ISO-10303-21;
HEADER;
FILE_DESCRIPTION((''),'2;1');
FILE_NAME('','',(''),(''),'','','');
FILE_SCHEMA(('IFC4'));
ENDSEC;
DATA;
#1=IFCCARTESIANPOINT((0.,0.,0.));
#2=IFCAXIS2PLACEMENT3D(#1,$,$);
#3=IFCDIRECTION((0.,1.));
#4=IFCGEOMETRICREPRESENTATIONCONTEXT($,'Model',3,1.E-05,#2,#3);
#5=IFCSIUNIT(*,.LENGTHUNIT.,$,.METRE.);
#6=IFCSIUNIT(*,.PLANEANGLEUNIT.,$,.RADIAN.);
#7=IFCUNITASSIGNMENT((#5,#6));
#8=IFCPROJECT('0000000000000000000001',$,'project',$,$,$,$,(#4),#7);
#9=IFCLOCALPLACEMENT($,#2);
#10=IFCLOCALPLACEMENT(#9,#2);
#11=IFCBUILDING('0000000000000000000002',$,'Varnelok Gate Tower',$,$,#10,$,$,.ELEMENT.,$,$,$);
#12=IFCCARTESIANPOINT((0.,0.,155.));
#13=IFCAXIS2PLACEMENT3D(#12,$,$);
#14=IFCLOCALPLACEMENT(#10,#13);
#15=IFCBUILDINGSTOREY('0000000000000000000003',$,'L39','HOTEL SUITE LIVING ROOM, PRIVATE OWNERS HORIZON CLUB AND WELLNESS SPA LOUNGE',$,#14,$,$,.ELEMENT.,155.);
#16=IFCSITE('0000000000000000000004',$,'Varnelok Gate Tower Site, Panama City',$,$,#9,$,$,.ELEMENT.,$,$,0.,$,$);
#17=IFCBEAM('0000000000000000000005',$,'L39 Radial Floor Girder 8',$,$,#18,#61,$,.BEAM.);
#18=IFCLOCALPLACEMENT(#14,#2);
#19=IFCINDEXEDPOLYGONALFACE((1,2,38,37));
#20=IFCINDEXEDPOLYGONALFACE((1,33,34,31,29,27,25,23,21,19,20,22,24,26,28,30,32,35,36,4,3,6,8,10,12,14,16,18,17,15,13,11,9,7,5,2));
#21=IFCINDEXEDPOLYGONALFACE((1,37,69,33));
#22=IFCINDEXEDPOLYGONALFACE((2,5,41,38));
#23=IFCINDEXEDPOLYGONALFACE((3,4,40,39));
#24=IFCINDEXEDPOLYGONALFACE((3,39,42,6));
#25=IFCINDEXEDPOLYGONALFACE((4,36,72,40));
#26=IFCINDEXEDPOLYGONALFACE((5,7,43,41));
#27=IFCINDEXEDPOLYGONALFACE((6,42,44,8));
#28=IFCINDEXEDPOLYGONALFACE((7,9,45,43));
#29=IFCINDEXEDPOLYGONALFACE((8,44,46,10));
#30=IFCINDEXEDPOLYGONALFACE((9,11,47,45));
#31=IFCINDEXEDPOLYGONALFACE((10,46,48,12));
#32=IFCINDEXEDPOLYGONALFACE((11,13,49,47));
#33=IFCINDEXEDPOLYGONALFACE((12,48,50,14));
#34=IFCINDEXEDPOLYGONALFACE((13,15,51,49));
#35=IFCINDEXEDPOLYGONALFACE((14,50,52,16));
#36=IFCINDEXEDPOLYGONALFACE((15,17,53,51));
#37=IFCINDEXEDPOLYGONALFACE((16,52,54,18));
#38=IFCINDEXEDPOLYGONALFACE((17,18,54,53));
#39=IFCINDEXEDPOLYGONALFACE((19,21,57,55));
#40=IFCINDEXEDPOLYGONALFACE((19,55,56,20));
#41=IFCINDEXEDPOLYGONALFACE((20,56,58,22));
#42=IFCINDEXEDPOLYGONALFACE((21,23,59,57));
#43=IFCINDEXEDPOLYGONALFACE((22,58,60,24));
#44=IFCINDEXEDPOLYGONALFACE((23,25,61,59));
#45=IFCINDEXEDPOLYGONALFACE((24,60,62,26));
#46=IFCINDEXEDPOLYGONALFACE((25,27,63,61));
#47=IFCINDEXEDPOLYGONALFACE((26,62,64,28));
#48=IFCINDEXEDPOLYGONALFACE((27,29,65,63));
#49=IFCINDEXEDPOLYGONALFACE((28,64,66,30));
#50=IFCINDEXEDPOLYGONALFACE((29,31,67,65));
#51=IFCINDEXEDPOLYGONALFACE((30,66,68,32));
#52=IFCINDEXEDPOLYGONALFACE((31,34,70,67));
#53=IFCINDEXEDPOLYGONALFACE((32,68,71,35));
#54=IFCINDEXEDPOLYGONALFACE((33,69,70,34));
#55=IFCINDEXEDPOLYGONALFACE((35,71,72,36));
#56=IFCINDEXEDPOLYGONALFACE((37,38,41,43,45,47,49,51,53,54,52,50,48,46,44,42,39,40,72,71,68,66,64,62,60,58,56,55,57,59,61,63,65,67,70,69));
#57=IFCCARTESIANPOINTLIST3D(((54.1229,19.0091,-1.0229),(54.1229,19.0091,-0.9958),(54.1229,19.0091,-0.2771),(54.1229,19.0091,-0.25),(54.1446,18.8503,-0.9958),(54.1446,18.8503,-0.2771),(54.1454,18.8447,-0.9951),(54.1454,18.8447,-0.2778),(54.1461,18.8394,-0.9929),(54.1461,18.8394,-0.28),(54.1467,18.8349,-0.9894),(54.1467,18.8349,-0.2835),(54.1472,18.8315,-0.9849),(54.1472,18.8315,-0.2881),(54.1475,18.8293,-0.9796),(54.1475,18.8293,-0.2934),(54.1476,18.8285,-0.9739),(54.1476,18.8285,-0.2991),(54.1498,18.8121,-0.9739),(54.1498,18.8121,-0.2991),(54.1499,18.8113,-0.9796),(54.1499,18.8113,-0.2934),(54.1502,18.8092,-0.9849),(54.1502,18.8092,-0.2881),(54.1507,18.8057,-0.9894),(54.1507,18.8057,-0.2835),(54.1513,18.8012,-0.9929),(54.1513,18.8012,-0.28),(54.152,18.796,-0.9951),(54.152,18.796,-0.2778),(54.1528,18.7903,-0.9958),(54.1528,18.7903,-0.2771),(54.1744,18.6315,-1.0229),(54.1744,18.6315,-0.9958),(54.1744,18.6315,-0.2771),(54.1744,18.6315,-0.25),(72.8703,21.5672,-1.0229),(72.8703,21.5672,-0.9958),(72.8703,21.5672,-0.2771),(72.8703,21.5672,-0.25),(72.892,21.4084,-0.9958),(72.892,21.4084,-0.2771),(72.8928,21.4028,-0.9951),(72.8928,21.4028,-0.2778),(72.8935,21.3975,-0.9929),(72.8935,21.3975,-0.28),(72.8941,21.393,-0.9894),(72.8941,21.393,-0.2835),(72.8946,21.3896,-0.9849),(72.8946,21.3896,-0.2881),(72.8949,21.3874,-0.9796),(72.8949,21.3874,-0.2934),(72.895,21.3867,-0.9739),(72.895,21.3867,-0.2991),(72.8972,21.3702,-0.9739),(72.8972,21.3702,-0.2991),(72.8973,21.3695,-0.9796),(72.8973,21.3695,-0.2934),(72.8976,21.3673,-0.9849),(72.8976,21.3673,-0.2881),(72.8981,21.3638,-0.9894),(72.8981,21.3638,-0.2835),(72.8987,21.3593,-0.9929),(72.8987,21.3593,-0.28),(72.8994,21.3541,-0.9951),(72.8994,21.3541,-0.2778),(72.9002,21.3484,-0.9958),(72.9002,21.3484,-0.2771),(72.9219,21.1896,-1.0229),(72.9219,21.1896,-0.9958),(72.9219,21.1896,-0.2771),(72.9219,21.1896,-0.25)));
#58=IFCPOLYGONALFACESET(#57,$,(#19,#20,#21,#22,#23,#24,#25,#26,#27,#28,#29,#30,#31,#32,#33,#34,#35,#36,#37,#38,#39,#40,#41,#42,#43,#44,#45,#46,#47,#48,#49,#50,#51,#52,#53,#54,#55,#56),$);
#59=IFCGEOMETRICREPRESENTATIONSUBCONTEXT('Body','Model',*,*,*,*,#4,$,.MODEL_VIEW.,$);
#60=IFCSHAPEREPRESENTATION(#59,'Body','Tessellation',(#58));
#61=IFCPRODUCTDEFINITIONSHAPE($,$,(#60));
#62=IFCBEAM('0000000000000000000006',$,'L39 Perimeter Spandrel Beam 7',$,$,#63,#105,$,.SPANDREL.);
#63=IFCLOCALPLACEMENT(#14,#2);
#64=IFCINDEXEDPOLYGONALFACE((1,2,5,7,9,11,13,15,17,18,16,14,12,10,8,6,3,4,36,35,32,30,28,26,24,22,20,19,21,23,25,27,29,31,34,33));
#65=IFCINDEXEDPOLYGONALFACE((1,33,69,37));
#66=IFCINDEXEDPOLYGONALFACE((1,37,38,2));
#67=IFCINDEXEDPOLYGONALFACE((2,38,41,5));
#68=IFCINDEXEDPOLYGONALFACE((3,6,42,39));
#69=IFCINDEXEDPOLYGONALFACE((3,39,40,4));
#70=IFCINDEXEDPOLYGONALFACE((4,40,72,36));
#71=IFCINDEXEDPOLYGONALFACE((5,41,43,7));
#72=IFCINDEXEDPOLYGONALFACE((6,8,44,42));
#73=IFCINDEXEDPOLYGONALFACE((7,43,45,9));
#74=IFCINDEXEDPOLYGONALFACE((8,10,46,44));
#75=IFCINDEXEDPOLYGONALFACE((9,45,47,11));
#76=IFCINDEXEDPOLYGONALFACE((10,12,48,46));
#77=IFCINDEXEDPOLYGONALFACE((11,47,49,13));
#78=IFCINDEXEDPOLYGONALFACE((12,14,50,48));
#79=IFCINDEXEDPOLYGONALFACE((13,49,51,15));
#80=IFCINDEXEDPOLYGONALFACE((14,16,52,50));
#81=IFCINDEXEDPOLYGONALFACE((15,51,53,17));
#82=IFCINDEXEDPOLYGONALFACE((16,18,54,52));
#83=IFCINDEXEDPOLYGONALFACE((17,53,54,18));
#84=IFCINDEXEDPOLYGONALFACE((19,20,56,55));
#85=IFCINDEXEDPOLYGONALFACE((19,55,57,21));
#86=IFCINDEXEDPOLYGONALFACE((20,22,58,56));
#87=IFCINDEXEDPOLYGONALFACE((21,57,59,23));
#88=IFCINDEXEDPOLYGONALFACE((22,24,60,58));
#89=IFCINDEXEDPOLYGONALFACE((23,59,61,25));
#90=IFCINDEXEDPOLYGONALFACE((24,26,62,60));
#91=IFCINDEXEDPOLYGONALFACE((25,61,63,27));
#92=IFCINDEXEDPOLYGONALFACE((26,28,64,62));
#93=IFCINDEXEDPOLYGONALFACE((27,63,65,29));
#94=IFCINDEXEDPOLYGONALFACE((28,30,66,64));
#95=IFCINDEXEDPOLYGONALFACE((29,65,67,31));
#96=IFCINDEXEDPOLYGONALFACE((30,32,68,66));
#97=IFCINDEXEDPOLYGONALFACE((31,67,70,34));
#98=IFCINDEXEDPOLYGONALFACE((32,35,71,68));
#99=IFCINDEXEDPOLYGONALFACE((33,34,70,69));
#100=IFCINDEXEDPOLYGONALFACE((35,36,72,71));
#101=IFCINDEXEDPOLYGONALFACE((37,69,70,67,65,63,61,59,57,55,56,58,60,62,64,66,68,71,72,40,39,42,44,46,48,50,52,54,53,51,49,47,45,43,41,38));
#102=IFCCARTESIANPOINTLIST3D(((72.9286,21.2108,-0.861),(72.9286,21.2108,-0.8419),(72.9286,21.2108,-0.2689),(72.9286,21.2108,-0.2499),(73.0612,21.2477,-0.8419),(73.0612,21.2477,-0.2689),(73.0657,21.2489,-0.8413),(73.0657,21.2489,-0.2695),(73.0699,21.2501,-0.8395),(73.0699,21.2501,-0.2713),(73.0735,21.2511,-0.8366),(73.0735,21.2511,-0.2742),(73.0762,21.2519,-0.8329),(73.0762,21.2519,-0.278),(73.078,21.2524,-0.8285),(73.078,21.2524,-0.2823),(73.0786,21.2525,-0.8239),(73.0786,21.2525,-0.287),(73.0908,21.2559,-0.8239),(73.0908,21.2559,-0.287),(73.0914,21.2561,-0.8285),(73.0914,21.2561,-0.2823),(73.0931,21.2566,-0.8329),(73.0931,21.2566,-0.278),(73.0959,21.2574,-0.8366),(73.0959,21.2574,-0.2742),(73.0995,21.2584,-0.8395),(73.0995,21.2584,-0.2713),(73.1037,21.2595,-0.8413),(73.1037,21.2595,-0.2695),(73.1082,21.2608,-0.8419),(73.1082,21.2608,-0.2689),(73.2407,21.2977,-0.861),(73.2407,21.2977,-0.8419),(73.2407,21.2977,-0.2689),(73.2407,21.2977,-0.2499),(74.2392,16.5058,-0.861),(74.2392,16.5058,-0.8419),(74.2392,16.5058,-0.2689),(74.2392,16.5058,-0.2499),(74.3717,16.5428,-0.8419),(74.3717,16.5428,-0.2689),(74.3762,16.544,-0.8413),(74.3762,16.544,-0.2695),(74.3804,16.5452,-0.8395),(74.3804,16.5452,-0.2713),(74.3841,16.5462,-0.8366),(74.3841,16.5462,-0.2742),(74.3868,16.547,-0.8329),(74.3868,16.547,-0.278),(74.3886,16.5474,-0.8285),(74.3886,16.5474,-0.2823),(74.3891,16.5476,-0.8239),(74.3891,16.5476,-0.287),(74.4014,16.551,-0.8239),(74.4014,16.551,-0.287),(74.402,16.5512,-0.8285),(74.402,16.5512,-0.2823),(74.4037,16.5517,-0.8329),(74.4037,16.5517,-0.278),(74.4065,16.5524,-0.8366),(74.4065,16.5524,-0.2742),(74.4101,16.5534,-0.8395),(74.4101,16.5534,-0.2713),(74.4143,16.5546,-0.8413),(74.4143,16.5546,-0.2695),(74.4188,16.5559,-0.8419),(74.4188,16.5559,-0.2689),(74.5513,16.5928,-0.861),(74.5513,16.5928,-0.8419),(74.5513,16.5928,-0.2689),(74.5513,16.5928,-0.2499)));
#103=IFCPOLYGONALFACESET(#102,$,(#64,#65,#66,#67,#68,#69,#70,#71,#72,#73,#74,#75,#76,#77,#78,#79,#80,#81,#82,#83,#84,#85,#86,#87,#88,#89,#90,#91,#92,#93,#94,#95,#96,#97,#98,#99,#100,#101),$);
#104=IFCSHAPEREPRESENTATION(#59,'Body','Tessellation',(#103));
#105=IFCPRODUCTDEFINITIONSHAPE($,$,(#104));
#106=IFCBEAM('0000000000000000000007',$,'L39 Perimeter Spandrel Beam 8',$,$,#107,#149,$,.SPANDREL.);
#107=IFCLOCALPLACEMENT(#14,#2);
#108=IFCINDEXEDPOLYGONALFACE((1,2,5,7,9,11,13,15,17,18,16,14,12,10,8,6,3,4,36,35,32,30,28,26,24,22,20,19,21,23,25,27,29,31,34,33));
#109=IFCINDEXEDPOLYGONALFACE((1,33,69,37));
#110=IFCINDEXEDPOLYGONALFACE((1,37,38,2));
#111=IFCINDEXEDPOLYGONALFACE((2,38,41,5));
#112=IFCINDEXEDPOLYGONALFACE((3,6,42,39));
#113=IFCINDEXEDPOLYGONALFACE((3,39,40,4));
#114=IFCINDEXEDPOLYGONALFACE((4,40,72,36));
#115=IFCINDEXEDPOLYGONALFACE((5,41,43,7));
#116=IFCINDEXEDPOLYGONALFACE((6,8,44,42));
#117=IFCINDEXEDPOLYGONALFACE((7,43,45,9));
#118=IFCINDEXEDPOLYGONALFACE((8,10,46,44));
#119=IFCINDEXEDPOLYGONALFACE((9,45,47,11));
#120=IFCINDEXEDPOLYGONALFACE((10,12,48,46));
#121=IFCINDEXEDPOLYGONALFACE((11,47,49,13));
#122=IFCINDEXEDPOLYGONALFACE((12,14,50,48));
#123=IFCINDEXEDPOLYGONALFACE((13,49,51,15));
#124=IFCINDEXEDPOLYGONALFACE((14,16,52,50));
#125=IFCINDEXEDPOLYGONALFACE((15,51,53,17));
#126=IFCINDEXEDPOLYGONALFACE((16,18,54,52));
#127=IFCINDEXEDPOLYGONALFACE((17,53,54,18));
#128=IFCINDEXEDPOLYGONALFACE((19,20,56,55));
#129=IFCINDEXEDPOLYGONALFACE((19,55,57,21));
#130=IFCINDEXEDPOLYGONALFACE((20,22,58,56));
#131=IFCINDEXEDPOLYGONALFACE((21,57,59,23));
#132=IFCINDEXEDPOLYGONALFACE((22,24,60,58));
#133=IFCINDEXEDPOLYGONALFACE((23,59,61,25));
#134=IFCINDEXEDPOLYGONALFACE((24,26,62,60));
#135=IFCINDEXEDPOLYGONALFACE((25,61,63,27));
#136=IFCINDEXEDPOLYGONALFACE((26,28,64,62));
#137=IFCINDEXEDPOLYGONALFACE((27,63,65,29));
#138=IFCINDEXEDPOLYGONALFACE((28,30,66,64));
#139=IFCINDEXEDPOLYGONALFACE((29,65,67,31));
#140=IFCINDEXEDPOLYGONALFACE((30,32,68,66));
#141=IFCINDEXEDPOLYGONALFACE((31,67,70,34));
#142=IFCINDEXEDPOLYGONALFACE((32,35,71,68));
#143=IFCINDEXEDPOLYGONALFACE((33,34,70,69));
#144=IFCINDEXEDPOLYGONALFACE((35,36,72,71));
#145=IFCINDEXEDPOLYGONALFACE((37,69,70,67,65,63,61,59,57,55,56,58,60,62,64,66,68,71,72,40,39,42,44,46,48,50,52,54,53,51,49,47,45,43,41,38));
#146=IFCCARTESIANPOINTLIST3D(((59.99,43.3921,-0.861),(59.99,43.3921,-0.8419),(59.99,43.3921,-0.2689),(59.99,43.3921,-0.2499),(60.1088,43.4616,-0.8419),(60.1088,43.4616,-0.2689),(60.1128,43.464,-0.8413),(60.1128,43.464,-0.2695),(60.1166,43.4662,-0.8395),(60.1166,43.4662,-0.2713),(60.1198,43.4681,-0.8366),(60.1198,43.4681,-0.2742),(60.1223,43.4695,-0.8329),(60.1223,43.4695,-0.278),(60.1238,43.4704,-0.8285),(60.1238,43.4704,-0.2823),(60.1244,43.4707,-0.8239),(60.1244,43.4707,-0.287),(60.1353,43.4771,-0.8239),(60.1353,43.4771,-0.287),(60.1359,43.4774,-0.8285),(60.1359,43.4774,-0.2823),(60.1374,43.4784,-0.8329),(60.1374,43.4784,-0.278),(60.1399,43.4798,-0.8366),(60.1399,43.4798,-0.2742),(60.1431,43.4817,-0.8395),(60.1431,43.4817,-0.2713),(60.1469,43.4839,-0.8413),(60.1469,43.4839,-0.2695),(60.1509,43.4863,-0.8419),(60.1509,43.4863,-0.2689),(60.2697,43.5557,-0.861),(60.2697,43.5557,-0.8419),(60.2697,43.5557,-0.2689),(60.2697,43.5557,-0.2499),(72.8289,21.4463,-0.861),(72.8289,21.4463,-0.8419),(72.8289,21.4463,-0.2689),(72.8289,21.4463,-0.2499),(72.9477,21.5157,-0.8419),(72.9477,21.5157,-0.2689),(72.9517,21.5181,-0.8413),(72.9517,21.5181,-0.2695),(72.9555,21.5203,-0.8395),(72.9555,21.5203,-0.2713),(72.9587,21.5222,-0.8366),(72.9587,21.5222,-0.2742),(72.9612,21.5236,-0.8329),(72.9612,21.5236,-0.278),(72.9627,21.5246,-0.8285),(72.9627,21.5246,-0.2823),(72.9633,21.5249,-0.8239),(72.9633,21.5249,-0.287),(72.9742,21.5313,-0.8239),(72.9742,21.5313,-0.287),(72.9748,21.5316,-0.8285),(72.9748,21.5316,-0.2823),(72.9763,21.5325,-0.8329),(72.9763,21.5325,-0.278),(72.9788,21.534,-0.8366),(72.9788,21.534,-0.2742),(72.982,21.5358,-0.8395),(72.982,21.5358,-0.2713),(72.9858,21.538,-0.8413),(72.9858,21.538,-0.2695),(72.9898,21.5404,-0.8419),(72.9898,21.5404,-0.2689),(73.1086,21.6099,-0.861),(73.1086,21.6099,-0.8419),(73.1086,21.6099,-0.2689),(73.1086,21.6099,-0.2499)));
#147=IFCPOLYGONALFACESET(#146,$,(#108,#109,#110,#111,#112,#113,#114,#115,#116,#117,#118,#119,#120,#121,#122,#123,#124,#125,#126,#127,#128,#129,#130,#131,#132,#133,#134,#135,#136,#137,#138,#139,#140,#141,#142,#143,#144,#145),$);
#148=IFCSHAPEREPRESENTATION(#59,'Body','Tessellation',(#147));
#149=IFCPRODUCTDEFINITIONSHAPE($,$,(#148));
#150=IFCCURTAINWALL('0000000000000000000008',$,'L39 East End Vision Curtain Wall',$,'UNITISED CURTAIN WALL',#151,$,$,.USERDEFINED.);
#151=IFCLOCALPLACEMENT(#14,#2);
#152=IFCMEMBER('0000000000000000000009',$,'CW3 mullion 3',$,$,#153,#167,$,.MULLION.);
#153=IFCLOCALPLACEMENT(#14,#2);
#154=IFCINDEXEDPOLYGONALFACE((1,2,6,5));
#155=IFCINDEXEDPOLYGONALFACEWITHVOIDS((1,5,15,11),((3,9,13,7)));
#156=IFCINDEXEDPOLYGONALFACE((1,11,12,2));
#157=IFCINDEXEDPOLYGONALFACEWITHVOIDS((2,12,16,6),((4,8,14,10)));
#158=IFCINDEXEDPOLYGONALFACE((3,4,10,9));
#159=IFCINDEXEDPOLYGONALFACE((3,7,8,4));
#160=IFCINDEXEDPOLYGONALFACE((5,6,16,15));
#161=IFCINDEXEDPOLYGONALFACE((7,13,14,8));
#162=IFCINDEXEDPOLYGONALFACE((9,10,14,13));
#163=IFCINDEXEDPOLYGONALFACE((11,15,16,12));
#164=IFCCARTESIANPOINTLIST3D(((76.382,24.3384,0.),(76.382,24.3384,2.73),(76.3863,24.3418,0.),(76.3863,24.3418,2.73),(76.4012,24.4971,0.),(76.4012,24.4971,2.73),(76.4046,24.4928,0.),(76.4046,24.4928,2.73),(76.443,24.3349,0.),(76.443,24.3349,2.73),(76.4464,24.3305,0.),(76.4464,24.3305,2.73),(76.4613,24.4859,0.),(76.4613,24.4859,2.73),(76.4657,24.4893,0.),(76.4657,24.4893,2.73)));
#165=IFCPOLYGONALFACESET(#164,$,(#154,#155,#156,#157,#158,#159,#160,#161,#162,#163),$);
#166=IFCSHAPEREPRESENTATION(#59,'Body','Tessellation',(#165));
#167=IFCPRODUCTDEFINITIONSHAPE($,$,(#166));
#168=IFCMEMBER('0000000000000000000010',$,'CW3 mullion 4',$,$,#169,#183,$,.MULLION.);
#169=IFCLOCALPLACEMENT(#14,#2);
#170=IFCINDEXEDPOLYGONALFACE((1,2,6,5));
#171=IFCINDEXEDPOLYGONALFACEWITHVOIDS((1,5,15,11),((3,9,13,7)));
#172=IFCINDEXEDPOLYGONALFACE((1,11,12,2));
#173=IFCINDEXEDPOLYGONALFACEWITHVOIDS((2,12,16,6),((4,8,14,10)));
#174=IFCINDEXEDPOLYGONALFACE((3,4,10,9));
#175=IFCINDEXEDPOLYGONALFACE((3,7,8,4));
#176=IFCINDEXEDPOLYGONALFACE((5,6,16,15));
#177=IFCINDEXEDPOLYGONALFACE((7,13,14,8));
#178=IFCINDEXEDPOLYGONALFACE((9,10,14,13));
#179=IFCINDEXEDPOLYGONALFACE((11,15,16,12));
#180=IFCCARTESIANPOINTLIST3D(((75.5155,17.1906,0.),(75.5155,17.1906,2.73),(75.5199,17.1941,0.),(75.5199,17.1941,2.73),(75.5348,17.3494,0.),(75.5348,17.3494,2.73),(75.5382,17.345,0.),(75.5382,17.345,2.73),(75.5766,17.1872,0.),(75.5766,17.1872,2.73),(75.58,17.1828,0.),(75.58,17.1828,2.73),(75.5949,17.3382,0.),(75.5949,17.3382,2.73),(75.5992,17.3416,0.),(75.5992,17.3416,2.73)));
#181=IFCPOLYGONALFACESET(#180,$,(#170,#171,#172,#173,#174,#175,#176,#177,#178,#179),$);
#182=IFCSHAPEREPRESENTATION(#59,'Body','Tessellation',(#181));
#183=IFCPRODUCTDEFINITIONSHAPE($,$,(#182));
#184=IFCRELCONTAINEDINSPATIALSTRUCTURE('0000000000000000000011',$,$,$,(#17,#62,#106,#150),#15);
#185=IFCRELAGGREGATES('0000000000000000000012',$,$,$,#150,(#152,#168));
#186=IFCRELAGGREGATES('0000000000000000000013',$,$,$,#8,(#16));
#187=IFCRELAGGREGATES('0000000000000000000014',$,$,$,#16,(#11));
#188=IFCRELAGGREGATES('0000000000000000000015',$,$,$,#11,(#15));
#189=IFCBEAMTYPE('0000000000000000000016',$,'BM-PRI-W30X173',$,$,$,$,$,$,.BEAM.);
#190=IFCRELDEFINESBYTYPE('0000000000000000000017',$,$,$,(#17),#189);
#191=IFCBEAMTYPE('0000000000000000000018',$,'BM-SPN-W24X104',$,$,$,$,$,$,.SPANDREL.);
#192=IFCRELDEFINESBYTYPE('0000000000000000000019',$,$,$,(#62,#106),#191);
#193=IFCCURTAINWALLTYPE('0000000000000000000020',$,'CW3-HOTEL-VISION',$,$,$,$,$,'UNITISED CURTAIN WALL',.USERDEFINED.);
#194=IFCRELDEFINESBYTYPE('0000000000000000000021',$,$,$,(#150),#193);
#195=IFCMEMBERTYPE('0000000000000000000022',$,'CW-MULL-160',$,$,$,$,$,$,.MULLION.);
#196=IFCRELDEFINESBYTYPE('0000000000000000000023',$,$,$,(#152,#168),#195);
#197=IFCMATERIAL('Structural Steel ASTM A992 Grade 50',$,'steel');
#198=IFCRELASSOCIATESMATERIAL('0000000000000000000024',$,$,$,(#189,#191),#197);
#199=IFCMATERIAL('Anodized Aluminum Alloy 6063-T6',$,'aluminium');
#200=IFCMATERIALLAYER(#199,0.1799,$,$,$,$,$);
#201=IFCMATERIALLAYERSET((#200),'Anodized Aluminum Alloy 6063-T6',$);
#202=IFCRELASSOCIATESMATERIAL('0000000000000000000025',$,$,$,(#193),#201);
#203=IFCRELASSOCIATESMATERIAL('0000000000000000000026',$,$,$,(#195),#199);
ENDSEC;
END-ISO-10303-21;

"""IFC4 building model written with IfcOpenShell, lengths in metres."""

from ifc_helpers import new_model, si_unit, direction, frame, origin, origin_2d, place, context, subcontext, project, spatial, hollow_rectangle, i_section, extrude, material, layer, layer_set, material_profile, profile_set, type_object, element, aggregate, save


model = new_model("IFC4")

# Units and contexts
model_context = context("Model", 3, precision=1e-05, world=origin(), true_north=direction((0.0, 1.0)))
body_context = subcontext(model_context, "Body", "Model", "MODEL_VIEW")
ifc_project = project(units=[si_unit("LENGTHUNIT", "METRE"), si_unit("PLANEANGLEUNIT", "RADIAN")], contexts=[model_context])

# Site, building, storey
site_placement = place(None, origin())
site = spatial("IfcSite", under=ifc_project, at=site_placement, Name="Varnelok Gate Tower Site, Panama City", CompositionType="ELEMENT", RefElevation=0.0)
building_placement = place(site_placement, origin())
building = spatial("IfcBuilding", under=site, at=building_placement, Name="Varnelok Gate Tower", CompositionType="ELEMENT")
storey_placement = place(building_placement, frame((0.0, 0.0, 155.0)))
storey = spatial("IfcBuildingStorey", under=building, at=storey_placement, Name="L39", Description="HOTEL SUITE LIVING ROOM, PRIVATE OWNERS HORIZON CLUB AND WELLNESS SPA LOUNGE", CompositionType="ELEMENT", Elevation=155.0)

# Shared definitions
ifc_material_1 = material(Name="Structural Steel ASTM A992 Grade 50", Category="steel")

# Beams
ifc_material_profile_1 = material_profile(ifc_material_1, i_section(OverallWidth=0.3811, OverallDepth=0.7729, WebThickness=0.0166, FlangeThickness=0.0271, FilletRadius=0.022, at=origin_2d()), Name="W30X173")
ifc_profile_set_1 = profile_set([ifc_material_profile_1], Name="Structural Steel ASTM A992 Grade 50")
beam_type_1 = type_object("IfcBeamType", Name="BM-PRI-W30X173", PredefinedType="BEAM", material=ifc_profile_set_1)
beam_1_placement = place(storey_placement, frame((54.1487, 18.8203, -0.6365), z_axis=(0.990818, 0.135199, 0.0), x_axis=(-0.135199, 0.990818, 0.0)))
element("IfcBeam", 1, at=beam_1_placement, inside=storey, type_object=beam_type_1, Name="L39 Radial Floor Girder 8", PredefinedType="BEAM", context=body_context, shape_type="SweptSolid", body=[
    extrude(i_section(OverallWidth=0.3811, OverallDepth=0.7729, WebThickness=0.0166, FlangeThickness=0.0271, FilletRadius=0.022, at=origin_2d()), origin(), (0.0, 0.0, 1.0), 18.9211),
])
ifc_material_profile_2 = material_profile(ifc_material_1, i_section(OverallWidth=0.324, OverallDepth=0.6111, WebThickness=0.0127, FlangeThickness=0.019, FilletRadius=0.0181, at=origin_2d()), Name="W24X104")
ifc_profile_set_2 = profile_set([ifc_material_profile_2], Name="Structural Steel ASTM A992 Grade 50")
beam_type_2 = type_object("IfcBeamType", Name="BM-SPN-W24X104", PredefinedType="SPANDREL", material=ifc_profile_set_2)
beam_2_placement = place(storey_placement, frame((74.3953, 16.5493, -0.5554), z_axis=(-0.268337, 0.963325, 0.0), x_axis=(-0.963325, -0.268337, 0.0)))
element("IfcBeam", 2, at=beam_2_placement, inside=storey, type_object=beam_type_2, Name="L39 Perimeter Spandrel Beam 7", PredefinedType="SPANDREL", context=body_context, shape_type="SweptSolid", body=[
    extrude(i_section(OverallWidth=0.324, OverallDepth=0.6111, WebThickness=0.0127, FlangeThickness=0.019, FilletRadius=0.0181, at=origin_2d()), origin(), (0.0, 0.0, 1.0), 4.884),
])
beam_3_placement = place(storey_placement, frame((72.9688, 21.5281, -0.5554), z_axis=(-0.504961, 0.863142, 0.0), x_axis=(-0.863142, -0.504961, 0.0)))
element("IfcBeam", 3, at=beam_3_placement, inside=storey, type_object=beam_type_2, Name="L39 Perimeter Spandrel Beam 8", PredefinedType="SPANDREL", context=body_context, shape_type="SweptSolid", body=[
    extrude(i_section(OverallWidth=0.324, OverallDepth=0.6111, WebThickness=0.0127, FlangeThickness=0.019, FilletRadius=0.0181, at=origin_2d()), origin(), (0.0, 0.0, 1.0), 25.4255),
])

# Curtain wall, members
ifc_material_2 = material(Name="Anodized Aluminum Alloy 6063-T6", Category="aluminium")
ifc_layer_1 = layer(ifc_material_2, 0.1799)
ifc_layer_set_1 = layer_set([ifc_layer_1], Name="Anodized Aluminum Alloy 6063-T6")
curtain_wall_type = type_object("IfcCurtainWallType", Name="CW3-HOTEL-VISION", ElementType="UNITISED CURTAIN WALL", PredefinedType="USERDEFINED", material=ifc_layer_set_1)
curtain_wall_placement = place(storey_placement, origin())
curtain_wall = element("IfcCurtainWall", 4, at=curtain_wall_placement, inside=storey, type_object=curtain_wall_type, Name="L39 East End Vision Curtain Wall", ObjectType="UNITISED CURTAIN WALL", PredefinedType="USERDEFINED")
ifc_material_profile_3 = material_profile(ifc_material_2, hollow_rectangle(XDim=0.0649, YDim=0.1599, WallThickness=0.0039, at=origin_2d()), Name="ALU160X65X4")
ifc_profile_set_3 = profile_set([ifc_material_profile_3], Name="Anodized Aluminum Alloy 6063-T6")
member_type_1 = type_object("IfcMemberType", Name="CW-MULL-160", PredefinedType="MULLION", material=ifc_profile_set_3)
member_1_placement = place(storey_placement, frame((76.4238, 24.4138, 0.0), z_axis=(0.0, 0.0, 1.0), x_axis=(0.992732, -0.120347, 0.0)))
member_1 = element("IfcMember", 5, at=member_1_placement, type_object=member_type_1, Name="CW3 mullion 3", PredefinedType="MULLION", context=body_context, shape_type="SweptSolid", body=[
    extrude(hollow_rectangle(XDim=0.0649, YDim=0.1599, WallThickness=0.0039, at=origin_2d()), origin(), (0.0, 0.0, 1.0), 2.73),
])
member_2_placement = place(storey_placement, frame((75.5574, 17.2661, 0.0), z_axis=(0.0, 0.0, 1.0), x_axis=(0.992732, -0.120347, 0.0)))
member_2 = element("IfcMember", 6, at=member_2_placement, type_object=member_type_1, Name="CW3 mullion 4", PredefinedType="MULLION", context=body_context, shape_type="SweptSolid", body=[
    extrude(hollow_rectangle(XDim=0.0649, YDim=0.1599, WallThickness=0.0039, at=origin_2d()), origin(), (0.0, 0.0, 1.0), 2.73),
])
aggregate(curtain_wall, [member_1, member_2])

save(model, "model.ifc")
